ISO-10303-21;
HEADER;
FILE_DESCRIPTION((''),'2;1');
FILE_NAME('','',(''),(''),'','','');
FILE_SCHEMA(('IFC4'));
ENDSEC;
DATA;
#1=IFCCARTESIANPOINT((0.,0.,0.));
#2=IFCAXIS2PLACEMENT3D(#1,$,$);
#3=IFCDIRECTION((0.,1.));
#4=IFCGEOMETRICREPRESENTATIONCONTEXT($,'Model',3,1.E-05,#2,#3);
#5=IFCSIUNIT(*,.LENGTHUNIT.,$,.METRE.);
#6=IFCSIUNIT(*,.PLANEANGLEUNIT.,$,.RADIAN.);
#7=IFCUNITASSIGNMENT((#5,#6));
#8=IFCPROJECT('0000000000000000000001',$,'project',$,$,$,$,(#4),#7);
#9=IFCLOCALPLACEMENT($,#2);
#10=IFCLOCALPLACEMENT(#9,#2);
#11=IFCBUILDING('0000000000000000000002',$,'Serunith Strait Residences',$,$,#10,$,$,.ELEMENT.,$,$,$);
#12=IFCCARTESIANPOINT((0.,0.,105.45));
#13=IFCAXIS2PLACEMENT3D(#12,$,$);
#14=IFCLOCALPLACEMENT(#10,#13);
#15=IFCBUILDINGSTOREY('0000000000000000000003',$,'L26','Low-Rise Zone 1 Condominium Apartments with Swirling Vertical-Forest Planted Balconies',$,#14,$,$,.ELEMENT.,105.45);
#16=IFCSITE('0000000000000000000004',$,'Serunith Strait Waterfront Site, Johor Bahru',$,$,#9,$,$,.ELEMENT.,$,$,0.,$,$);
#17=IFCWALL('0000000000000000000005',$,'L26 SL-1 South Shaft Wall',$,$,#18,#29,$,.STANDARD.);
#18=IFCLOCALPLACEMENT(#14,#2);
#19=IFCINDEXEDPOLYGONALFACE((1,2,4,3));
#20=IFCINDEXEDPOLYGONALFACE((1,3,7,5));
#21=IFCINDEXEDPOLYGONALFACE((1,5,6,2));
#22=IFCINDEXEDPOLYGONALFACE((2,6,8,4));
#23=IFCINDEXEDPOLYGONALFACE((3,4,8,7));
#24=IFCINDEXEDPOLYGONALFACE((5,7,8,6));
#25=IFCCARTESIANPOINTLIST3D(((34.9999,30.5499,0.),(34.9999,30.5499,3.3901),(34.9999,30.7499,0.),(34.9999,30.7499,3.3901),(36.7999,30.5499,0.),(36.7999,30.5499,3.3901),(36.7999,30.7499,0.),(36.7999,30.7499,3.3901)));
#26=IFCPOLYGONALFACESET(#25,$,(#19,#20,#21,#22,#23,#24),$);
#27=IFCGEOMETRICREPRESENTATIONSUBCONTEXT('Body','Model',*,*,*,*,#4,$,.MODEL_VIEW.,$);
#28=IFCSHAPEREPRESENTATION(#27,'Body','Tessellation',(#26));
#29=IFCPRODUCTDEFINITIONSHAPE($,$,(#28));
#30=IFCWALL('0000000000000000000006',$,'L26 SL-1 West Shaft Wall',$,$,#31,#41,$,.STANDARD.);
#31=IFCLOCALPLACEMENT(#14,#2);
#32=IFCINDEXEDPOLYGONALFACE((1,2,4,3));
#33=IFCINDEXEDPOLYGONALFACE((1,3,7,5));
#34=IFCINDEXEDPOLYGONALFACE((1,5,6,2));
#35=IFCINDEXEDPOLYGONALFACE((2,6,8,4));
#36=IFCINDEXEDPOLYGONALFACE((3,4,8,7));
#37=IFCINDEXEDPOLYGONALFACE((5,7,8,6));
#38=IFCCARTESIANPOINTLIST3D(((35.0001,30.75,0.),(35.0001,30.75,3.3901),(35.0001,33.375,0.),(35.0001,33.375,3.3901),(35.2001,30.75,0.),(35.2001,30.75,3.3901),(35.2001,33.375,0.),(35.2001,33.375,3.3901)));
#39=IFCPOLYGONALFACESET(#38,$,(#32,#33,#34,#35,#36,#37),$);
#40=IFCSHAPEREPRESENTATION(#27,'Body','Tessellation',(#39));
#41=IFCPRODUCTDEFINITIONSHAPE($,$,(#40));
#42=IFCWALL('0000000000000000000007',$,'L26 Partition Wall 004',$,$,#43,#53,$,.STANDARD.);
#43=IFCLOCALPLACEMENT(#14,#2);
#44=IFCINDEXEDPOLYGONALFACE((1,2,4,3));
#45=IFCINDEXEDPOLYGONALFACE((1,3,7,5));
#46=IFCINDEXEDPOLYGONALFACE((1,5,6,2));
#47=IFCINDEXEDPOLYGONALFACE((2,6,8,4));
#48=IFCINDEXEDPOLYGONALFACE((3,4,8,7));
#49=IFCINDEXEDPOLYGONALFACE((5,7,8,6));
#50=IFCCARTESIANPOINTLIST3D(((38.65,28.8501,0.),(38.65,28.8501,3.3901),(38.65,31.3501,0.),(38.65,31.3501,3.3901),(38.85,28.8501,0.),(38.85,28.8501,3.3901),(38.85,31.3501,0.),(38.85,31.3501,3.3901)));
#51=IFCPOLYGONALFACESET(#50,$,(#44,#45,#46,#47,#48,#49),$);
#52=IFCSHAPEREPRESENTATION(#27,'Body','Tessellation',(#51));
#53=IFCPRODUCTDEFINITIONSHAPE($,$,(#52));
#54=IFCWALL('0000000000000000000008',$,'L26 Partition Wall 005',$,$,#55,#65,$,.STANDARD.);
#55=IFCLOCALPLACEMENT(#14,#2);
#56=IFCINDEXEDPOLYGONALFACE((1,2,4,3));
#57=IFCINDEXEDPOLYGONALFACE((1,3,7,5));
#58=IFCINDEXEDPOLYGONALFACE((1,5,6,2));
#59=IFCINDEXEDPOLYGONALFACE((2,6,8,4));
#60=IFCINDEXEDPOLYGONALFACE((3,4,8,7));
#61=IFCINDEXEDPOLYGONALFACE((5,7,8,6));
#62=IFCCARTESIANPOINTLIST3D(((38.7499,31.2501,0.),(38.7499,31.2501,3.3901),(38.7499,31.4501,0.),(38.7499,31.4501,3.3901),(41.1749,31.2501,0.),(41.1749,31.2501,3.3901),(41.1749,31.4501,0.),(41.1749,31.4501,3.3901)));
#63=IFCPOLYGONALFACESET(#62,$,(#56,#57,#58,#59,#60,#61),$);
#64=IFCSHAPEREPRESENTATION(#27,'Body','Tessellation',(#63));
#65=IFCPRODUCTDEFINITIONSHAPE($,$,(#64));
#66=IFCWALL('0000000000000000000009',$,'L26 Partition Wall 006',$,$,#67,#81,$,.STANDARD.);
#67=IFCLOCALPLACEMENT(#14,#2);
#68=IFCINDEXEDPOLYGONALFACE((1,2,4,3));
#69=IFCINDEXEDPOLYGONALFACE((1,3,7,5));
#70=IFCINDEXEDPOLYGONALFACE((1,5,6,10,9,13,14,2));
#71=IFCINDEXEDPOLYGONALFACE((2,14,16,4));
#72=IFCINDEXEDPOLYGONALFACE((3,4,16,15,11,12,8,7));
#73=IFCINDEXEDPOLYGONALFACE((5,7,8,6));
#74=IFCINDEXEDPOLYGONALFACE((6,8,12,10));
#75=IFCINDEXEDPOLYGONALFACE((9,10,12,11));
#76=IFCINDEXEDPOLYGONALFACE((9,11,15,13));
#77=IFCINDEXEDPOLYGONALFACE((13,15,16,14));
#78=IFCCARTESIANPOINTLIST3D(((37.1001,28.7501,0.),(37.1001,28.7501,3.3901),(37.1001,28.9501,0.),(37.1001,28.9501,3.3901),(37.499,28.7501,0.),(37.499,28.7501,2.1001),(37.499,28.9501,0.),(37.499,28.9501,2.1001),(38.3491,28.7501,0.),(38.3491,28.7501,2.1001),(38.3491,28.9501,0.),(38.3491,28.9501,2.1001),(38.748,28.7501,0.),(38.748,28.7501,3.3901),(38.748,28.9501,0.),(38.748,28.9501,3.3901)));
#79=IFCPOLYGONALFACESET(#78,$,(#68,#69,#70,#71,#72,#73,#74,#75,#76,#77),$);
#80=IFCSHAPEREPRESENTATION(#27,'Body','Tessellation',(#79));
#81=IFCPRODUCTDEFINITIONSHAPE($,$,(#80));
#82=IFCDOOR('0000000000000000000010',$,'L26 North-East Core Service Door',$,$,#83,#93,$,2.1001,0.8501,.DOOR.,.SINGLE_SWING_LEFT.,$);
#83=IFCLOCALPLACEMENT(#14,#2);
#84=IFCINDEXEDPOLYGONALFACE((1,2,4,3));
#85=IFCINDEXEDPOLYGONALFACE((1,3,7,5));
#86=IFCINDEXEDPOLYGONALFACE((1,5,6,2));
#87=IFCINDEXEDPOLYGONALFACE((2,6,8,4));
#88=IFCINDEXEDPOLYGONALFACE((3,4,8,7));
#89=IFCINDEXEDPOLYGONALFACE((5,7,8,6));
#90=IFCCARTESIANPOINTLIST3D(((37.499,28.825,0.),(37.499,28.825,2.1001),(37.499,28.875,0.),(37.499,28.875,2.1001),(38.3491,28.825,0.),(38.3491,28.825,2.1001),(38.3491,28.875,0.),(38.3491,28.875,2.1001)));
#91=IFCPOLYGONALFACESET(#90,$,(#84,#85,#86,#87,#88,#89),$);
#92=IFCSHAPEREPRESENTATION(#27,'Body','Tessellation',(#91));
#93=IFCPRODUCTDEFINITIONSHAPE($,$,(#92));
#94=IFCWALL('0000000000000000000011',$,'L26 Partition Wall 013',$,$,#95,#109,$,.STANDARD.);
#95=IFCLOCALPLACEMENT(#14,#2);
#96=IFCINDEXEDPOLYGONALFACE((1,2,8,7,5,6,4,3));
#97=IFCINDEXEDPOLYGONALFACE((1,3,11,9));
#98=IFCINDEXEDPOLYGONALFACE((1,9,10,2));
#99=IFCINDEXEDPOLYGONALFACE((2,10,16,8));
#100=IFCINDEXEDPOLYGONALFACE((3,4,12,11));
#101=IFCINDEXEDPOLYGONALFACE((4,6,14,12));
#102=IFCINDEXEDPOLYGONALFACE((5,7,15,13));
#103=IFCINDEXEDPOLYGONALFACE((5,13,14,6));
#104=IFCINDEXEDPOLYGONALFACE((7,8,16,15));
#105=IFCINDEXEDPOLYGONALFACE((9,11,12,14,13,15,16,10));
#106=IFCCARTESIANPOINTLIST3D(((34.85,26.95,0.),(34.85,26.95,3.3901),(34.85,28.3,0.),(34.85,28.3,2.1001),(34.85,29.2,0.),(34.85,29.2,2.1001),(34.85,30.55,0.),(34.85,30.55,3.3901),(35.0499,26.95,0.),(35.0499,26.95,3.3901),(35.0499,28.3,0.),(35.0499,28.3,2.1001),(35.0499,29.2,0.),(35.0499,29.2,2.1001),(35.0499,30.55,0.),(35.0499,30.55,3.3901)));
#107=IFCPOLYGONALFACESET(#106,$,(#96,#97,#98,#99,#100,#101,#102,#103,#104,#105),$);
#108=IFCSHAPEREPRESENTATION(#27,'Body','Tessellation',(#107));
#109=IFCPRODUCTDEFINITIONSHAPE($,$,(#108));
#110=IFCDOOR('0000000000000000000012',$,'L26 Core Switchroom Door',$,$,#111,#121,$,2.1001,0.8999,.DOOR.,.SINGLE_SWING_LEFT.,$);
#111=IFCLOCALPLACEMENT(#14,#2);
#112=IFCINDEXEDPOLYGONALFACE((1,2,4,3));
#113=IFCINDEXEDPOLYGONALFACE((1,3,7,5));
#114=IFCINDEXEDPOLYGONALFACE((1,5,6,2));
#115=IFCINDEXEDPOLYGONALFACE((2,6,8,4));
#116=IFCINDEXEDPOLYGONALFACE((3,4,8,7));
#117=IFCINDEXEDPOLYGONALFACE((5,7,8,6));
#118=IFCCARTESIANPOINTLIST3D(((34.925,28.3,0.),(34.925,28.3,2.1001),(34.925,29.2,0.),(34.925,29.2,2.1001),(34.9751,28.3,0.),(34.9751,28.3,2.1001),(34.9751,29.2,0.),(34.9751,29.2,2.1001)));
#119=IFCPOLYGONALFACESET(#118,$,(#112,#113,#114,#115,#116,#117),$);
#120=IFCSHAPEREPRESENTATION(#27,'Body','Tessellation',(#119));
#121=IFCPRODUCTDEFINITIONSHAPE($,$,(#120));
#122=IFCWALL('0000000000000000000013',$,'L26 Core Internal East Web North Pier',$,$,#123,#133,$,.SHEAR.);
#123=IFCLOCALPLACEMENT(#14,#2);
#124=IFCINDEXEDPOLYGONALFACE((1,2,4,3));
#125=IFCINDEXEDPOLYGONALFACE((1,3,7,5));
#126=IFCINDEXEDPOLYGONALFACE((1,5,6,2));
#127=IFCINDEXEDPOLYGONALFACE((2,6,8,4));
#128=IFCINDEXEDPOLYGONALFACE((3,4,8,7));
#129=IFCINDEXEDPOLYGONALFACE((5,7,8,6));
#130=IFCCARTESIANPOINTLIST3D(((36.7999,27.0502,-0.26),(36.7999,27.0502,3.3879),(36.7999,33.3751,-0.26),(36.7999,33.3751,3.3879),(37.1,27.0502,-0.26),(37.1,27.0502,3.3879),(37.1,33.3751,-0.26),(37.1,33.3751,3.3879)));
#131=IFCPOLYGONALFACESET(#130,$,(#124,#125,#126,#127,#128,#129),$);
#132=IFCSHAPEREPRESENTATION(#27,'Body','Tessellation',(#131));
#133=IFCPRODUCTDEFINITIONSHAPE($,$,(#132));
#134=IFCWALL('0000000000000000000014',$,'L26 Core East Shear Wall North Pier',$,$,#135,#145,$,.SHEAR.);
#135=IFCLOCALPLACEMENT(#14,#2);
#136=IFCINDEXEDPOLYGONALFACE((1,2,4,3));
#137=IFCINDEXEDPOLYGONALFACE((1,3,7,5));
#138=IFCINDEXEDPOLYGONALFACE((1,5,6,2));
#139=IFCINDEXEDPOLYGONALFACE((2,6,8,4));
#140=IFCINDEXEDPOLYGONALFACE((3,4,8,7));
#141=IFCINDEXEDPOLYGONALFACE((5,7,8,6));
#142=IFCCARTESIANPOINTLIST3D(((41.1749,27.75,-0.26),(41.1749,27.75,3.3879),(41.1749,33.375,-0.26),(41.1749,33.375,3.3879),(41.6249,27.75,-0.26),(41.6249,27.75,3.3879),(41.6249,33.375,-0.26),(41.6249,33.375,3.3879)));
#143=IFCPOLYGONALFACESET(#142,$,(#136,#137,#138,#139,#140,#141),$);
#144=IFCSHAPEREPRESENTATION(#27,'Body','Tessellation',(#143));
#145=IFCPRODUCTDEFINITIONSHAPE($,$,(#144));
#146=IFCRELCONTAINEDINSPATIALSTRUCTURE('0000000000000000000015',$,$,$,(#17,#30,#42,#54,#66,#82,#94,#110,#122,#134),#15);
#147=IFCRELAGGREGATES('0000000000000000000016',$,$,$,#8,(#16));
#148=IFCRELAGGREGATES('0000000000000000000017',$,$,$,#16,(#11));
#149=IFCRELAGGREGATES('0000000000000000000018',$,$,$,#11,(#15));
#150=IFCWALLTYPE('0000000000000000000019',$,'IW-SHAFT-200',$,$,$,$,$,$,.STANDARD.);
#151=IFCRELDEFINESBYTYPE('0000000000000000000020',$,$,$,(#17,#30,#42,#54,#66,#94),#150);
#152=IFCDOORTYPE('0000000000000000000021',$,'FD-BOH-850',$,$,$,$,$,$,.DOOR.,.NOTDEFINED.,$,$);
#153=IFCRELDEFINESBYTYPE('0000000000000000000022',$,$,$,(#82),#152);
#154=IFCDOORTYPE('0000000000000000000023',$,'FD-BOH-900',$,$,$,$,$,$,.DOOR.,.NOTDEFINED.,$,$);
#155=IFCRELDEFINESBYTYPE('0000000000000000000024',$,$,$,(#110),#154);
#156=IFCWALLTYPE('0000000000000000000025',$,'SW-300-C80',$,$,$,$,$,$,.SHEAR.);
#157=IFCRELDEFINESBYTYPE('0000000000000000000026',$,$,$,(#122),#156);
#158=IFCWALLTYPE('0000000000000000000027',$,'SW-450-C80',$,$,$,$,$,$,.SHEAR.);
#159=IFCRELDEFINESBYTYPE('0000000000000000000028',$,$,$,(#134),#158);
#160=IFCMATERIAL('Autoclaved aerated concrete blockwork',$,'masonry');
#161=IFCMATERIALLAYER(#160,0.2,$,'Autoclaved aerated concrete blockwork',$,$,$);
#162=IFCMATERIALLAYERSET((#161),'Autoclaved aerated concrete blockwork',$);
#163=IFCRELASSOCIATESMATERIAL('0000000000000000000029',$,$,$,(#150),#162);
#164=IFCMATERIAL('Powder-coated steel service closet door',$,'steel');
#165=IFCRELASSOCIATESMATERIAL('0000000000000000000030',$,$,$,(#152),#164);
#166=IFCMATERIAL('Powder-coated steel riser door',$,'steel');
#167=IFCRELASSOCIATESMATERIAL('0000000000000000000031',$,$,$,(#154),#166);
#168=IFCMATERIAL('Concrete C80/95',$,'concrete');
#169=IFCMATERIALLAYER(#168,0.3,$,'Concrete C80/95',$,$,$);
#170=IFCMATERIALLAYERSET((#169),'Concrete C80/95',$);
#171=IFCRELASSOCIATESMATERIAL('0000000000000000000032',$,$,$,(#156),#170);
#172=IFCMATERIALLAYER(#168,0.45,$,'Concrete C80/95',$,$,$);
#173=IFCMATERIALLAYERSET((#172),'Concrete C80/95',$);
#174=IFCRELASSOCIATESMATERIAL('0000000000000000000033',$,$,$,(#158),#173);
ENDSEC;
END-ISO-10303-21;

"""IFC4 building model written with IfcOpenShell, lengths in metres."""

from ifc_helpers import new_model, si_unit, direction, frame, frame_2d, origin, place, context, subcontext, project, spatial, rectangle, extrude, source, transform, mapped, material, layer, layer_set, type_object, element, fill, save


model = new_model("IFC4")

# Units and contexts
model_context = context("Model", 3, precision=1e-05, world=origin(), true_north=direction((0.0, 1.0)))
body_context = subcontext(model_context, "Body", "Model", "MODEL_VIEW")
ifc_project = project(units=[si_unit("LENGTHUNIT", "METRE"), si_unit("PLANEANGLEUNIT", "RADIAN")], contexts=[model_context])

# Site, building, storey
site_placement = place(None, origin())
site = spatial("IfcSite", under=ifc_project, at=site_placement, Name="Serunith Strait Waterfront Site, Johor Bahru", CompositionType="ELEMENT", RefElevation=0.0)
building_placement = place(site_placement, origin())
building = spatial("IfcBuilding", under=site, at=building_placement, Name="Serunith Strait Residences", CompositionType="ELEMENT")
storey_placement = place(building_placement, frame((0.0, 0.0, 105.45)))
storey = spatial("IfcBuildingStorey", under=building, at=storey_placement, Name="L26", Description="Low-Rise Zone 1 Condominium Apartments with Swirling Vertical-Forest Planted Balconies", CompositionType="ELEMENT", Elevation=105.45)

# Shared definitions
ifc_material_1 = material(Name="Autoclaved aerated concrete blockwork", Category="masonry")
ifc_layer_1 = layer(ifc_material_1, 0.2, Name="Autoclaved aerated concrete blockwork")
ifc_layer_set_1 = layer_set([ifc_layer_1], Name="Autoclaved aerated concrete blockwork")
wall_type_1 = type_object("IfcWallType", Name="IW-SHAFT-200", PredefinedType="STANDARD", material=ifc_layer_set_1)

# Walls
wall_1_placement = place(storey_placement, frame((35.0, 30.6499, 0.0), z_axis=(0.0, 0.0, 1.0), x_axis=(1.0, 0.0, 0.0)))
element("IfcWall", 1, at=wall_1_placement, inside=storey, type_object=wall_type_1, Name="L26 SL-1 South Shaft Wall", PredefinedType="STANDARD", context=body_context, shape_type="SweptSolid", body=[
    extrude(rectangle(XDim=1.8, YDim=0.2, at=frame_2d((0.8999, 0.0))), origin(), (0.0, 0.0, 1.0), 3.3901),
])
wall_2_placement = place(storey_placement, frame((35.1001, 30.75, 0.0), z_axis=(0.0, 0.0, 1.0), x_axis=(0.0, 1.0, 0.0)))
element("IfcWall", 2, at=wall_2_placement, inside=storey, type_object=wall_type_1, Name="L26 SL-1 West Shaft Wall", PredefinedType="STANDARD", context=body_context, shape_type="SweptSolid", body=[
    extrude(rectangle(XDim=2.625, YDim=0.2, at=frame_2d((1.3125, 0.0))), origin(), (0.0, 0.0, 1.0), 3.3901),
])
wall_3_placement = place(storey_placement, frame((38.75, 28.8501, 0.0), z_axis=(0.0, 0.0, 1.0), x_axis=(0.0, 1.0, 0.0)))
element("IfcWall", 3, at=wall_3_placement, inside=storey, type_object=wall_type_1, Name="L26 Partition Wall 004", PredefinedType="STANDARD", context=body_context, shape_type="SweptSolid", body=[
    extrude(rectangle(XDim=2.5, YDim=0.2, at=frame_2d((1.25, 0.0))), origin(), (0.0, 0.0, 1.0), 3.3901),
])
wall_4_placement = place(storey_placement, frame((38.75, 31.3501, 0.0), z_axis=(0.0, 0.0, 1.0), x_axis=(1.0, 0.0, 0.0)))
element("IfcWall", 4, at=wall_4_placement, inside=storey, type_object=wall_type_1, Name="L26 Partition Wall 005", PredefinedType="STANDARD", context=body_context, shape_type="SweptSolid", body=[
    extrude(rectangle(XDim=2.425, YDim=0.2, at=frame_2d((1.2124, 0.0))), origin(), (0.0, 0.0, 1.0), 3.3901),
])

# Walls, openings, doors
wall_5_placement = place(storey_placement, frame((37.1001, 28.8501, 0.0), z_axis=(0.0, 0.0, 1.0), x_axis=(1.0, 0.0, 0.0)))
wall_5 = element("IfcWall", 5, at=wall_5_placement, inside=storey, type_object=wall_type_1, Name="L26 Partition Wall 006", PredefinedType="STANDARD", context=body_context, shape_type="SweptSolid", body=[
    extrude(rectangle(XDim=1.6479, YDim=0.2, at=frame_2d((0.824, 0.0))), origin(), (0.0, 0.0, 1.0), 3.3901),
])
opening_1_placement = place(wall_5_placement, frame((0.3989, 0.0, 0.0)))
opening_1 = element("IfcOpeningElement", 6, at=opening_1_placement, cuts=wall_5, PredefinedType="OPENING", context=body_context, shape_type="SweptSolid", body=[
    extrude(rectangle(XDim=0.8501, YDim=2.1001, at=frame_2d((0.425, 1.05))), frame((0.0, 0.1099, 0.0), z_axis=(0.0, -1.0, 0.0), x_axis=(1.0, 0.0, 0.0)), (0.0, 0.0, 1.0), 0.22),
])
ifc_material_2 = material(Name="Powder-coated steel service closet door", Category="steel")
door_type_1 = type_object("IfcDoorType", Name="FD-BOH-850", OperationType="NOTDEFINED", PredefinedType="DOOR", material=ifc_material_2)
shared_shape_1 = source(origin(), body_context, "Body", "SweptSolid", [
    extrude(rectangle(XDim=0.8501, YDim=2.1001, at=frame_2d((0.425, 1.05))), frame((0.0, 0.0249, 0.0), z_axis=(0.0, -1.0, 0.0), x_axis=(1.0, 0.0, 0.0)), (0.0, 0.0, 1.0), 0.05),
])
door_1_placement = place(opening_1_placement, origin())
door_1 = element("IfcDoor", 7, at=door_1_placement, inside=storey, type_object=door_type_1, Name="L26 North-East Core Service Door", OperationType="SINGLE_SWING_LEFT", OverallHeight=2.1001, OverallWidth=0.8501, PredefinedType="DOOR", context=body_context, shape_type="MappedRepresentation", body=[
    mapped(shared_shape_1, transform((0.0, 0.0, 0.0), scale=1.0)),
])
fill(opening_1, door_1)
wall_6_placement = place(storey_placement, frame((34.95, 26.95, 0.0), z_axis=(0.0, 0.0, 1.0), x_axis=(0.0, 1.0, 0.0)))
wall_6 = element("IfcWall", 8, at=wall_6_placement, inside=storey, type_object=wall_type_1, Name="L26 Partition Wall 013", PredefinedType="STANDARD", context=body_context, shape_type="SweptSolid", body=[
    extrude(rectangle(XDim=3.6001, YDim=0.2, at=frame_2d((1.8, 0.0))), origin(), (0.0, 0.0, 1.0), 3.3901),
])
opening_2_placement = place(wall_6_placement, frame((1.3501, 0.0, 0.0)))
opening_2 = element("IfcOpeningElement", 9, at=opening_2_placement, cuts=wall_6, PredefinedType="OPENING", context=body_context, shape_type="SweptSolid", body=[
    extrude(rectangle(XDim=0.8999, YDim=2.1001, at=frame_2d((0.45, 1.05))), frame((0.0, 0.1099, 0.0), z_axis=(0.0, -1.0, 0.0), x_axis=(1.0, 0.0, 0.0)), (0.0, 0.0, 1.0), 0.22),
])
ifc_material_3 = material(Name="Powder-coated steel riser door", Category="steel")
door_type_2 = type_object("IfcDoorType", Name="FD-BOH-900", OperationType="NOTDEFINED", PredefinedType="DOOR", material=ifc_material_3)
shared_shape_2 = source(origin(), body_context, "Body", "SweptSolid", [
    extrude(rectangle(XDim=0.8999, YDim=2.1001, at=frame_2d((0.45, 1.05))), frame((0.0, 0.0249, 0.0), z_axis=(0.0, -1.0, 0.0), x_axis=(1.0, 0.0, 0.0)), (0.0, 0.0, 1.0), 0.05),
])
door_2_placement = place(opening_2_placement, origin())
door_2 = element("IfcDoor", 10, at=door_2_placement, inside=storey, type_object=door_type_2, Name="L26 Core Switchroom Door", OperationType="SINGLE_SWING_LEFT", OverallHeight=2.1001, OverallWidth=0.8999, PredefinedType="DOOR", context=body_context, shape_type="MappedRepresentation", body=[
    mapped(shared_shape_2, transform((0.0, 0.0, 0.0), scale=1.0)),
])
fill(opening_2, door_2)

# Walls
ifc_material_4 = material(Name="Concrete C80/95", Category="concrete")
ifc_layer_2 = layer(ifc_material_4, 0.3, Name="Concrete C80/95")
ifc_layer_set_2 = layer_set([ifc_layer_2], Name="Concrete C80/95")
wall_type_2 = type_object("IfcWallType", Name="SW-300-C80", PredefinedType="SHEAR", material=ifc_layer_set_2)
wall_7_placement = place(storey_placement, frame((36.95, 27.05, -0.26), z_axis=(0.0, 0.0, 1.0), x_axis=(0.0, 1.0, 0.0)))
element("IfcWall", 11, at=wall_7_placement, inside=storey, type_object=wall_type_2, Name="L26 Core Internal East Web North Pier", PredefinedType="SHEAR", context=body_context, shape_type="SweptSolid", body=[
    extrude(rectangle(XDim=6.325, YDim=0.3, at=frame_2d((3.1626, 0.0))), origin(), (0.0, 0.0, 1.0), 3.6479),
])
ifc_layer_3 = layer(ifc_material_4, 0.45, Name="Concrete C80/95")
ifc_layer_set_3 = layer_set([ifc_layer_3], Name="Concrete C80/95")
wall_type_3 = type_object("IfcWallType", Name="SW-450-C80", PredefinedType="SHEAR", material=ifc_layer_set_3)
wall_8_placement = place(storey_placement, frame((41.3999, 27.75, -0.26), z_axis=(0.0, 0.0, 1.0), x_axis=(0.0, 1.0, 0.0)))
element("IfcWall", 12, at=wall_8_placement, inside=storey, type_object=wall_type_3, Name="L26 Core East Shear Wall North Pier", PredefinedType="SHEAR", context=body_context, shape_type="SweptSolid", body=[
    extrude(rectangle(XDim=5.625, YDim=0.45, at=frame_2d((2.8125, 0.0))), origin(), (0.0, 0.0, 1.0), 3.6479),
])

save(model, "model.ifc")
